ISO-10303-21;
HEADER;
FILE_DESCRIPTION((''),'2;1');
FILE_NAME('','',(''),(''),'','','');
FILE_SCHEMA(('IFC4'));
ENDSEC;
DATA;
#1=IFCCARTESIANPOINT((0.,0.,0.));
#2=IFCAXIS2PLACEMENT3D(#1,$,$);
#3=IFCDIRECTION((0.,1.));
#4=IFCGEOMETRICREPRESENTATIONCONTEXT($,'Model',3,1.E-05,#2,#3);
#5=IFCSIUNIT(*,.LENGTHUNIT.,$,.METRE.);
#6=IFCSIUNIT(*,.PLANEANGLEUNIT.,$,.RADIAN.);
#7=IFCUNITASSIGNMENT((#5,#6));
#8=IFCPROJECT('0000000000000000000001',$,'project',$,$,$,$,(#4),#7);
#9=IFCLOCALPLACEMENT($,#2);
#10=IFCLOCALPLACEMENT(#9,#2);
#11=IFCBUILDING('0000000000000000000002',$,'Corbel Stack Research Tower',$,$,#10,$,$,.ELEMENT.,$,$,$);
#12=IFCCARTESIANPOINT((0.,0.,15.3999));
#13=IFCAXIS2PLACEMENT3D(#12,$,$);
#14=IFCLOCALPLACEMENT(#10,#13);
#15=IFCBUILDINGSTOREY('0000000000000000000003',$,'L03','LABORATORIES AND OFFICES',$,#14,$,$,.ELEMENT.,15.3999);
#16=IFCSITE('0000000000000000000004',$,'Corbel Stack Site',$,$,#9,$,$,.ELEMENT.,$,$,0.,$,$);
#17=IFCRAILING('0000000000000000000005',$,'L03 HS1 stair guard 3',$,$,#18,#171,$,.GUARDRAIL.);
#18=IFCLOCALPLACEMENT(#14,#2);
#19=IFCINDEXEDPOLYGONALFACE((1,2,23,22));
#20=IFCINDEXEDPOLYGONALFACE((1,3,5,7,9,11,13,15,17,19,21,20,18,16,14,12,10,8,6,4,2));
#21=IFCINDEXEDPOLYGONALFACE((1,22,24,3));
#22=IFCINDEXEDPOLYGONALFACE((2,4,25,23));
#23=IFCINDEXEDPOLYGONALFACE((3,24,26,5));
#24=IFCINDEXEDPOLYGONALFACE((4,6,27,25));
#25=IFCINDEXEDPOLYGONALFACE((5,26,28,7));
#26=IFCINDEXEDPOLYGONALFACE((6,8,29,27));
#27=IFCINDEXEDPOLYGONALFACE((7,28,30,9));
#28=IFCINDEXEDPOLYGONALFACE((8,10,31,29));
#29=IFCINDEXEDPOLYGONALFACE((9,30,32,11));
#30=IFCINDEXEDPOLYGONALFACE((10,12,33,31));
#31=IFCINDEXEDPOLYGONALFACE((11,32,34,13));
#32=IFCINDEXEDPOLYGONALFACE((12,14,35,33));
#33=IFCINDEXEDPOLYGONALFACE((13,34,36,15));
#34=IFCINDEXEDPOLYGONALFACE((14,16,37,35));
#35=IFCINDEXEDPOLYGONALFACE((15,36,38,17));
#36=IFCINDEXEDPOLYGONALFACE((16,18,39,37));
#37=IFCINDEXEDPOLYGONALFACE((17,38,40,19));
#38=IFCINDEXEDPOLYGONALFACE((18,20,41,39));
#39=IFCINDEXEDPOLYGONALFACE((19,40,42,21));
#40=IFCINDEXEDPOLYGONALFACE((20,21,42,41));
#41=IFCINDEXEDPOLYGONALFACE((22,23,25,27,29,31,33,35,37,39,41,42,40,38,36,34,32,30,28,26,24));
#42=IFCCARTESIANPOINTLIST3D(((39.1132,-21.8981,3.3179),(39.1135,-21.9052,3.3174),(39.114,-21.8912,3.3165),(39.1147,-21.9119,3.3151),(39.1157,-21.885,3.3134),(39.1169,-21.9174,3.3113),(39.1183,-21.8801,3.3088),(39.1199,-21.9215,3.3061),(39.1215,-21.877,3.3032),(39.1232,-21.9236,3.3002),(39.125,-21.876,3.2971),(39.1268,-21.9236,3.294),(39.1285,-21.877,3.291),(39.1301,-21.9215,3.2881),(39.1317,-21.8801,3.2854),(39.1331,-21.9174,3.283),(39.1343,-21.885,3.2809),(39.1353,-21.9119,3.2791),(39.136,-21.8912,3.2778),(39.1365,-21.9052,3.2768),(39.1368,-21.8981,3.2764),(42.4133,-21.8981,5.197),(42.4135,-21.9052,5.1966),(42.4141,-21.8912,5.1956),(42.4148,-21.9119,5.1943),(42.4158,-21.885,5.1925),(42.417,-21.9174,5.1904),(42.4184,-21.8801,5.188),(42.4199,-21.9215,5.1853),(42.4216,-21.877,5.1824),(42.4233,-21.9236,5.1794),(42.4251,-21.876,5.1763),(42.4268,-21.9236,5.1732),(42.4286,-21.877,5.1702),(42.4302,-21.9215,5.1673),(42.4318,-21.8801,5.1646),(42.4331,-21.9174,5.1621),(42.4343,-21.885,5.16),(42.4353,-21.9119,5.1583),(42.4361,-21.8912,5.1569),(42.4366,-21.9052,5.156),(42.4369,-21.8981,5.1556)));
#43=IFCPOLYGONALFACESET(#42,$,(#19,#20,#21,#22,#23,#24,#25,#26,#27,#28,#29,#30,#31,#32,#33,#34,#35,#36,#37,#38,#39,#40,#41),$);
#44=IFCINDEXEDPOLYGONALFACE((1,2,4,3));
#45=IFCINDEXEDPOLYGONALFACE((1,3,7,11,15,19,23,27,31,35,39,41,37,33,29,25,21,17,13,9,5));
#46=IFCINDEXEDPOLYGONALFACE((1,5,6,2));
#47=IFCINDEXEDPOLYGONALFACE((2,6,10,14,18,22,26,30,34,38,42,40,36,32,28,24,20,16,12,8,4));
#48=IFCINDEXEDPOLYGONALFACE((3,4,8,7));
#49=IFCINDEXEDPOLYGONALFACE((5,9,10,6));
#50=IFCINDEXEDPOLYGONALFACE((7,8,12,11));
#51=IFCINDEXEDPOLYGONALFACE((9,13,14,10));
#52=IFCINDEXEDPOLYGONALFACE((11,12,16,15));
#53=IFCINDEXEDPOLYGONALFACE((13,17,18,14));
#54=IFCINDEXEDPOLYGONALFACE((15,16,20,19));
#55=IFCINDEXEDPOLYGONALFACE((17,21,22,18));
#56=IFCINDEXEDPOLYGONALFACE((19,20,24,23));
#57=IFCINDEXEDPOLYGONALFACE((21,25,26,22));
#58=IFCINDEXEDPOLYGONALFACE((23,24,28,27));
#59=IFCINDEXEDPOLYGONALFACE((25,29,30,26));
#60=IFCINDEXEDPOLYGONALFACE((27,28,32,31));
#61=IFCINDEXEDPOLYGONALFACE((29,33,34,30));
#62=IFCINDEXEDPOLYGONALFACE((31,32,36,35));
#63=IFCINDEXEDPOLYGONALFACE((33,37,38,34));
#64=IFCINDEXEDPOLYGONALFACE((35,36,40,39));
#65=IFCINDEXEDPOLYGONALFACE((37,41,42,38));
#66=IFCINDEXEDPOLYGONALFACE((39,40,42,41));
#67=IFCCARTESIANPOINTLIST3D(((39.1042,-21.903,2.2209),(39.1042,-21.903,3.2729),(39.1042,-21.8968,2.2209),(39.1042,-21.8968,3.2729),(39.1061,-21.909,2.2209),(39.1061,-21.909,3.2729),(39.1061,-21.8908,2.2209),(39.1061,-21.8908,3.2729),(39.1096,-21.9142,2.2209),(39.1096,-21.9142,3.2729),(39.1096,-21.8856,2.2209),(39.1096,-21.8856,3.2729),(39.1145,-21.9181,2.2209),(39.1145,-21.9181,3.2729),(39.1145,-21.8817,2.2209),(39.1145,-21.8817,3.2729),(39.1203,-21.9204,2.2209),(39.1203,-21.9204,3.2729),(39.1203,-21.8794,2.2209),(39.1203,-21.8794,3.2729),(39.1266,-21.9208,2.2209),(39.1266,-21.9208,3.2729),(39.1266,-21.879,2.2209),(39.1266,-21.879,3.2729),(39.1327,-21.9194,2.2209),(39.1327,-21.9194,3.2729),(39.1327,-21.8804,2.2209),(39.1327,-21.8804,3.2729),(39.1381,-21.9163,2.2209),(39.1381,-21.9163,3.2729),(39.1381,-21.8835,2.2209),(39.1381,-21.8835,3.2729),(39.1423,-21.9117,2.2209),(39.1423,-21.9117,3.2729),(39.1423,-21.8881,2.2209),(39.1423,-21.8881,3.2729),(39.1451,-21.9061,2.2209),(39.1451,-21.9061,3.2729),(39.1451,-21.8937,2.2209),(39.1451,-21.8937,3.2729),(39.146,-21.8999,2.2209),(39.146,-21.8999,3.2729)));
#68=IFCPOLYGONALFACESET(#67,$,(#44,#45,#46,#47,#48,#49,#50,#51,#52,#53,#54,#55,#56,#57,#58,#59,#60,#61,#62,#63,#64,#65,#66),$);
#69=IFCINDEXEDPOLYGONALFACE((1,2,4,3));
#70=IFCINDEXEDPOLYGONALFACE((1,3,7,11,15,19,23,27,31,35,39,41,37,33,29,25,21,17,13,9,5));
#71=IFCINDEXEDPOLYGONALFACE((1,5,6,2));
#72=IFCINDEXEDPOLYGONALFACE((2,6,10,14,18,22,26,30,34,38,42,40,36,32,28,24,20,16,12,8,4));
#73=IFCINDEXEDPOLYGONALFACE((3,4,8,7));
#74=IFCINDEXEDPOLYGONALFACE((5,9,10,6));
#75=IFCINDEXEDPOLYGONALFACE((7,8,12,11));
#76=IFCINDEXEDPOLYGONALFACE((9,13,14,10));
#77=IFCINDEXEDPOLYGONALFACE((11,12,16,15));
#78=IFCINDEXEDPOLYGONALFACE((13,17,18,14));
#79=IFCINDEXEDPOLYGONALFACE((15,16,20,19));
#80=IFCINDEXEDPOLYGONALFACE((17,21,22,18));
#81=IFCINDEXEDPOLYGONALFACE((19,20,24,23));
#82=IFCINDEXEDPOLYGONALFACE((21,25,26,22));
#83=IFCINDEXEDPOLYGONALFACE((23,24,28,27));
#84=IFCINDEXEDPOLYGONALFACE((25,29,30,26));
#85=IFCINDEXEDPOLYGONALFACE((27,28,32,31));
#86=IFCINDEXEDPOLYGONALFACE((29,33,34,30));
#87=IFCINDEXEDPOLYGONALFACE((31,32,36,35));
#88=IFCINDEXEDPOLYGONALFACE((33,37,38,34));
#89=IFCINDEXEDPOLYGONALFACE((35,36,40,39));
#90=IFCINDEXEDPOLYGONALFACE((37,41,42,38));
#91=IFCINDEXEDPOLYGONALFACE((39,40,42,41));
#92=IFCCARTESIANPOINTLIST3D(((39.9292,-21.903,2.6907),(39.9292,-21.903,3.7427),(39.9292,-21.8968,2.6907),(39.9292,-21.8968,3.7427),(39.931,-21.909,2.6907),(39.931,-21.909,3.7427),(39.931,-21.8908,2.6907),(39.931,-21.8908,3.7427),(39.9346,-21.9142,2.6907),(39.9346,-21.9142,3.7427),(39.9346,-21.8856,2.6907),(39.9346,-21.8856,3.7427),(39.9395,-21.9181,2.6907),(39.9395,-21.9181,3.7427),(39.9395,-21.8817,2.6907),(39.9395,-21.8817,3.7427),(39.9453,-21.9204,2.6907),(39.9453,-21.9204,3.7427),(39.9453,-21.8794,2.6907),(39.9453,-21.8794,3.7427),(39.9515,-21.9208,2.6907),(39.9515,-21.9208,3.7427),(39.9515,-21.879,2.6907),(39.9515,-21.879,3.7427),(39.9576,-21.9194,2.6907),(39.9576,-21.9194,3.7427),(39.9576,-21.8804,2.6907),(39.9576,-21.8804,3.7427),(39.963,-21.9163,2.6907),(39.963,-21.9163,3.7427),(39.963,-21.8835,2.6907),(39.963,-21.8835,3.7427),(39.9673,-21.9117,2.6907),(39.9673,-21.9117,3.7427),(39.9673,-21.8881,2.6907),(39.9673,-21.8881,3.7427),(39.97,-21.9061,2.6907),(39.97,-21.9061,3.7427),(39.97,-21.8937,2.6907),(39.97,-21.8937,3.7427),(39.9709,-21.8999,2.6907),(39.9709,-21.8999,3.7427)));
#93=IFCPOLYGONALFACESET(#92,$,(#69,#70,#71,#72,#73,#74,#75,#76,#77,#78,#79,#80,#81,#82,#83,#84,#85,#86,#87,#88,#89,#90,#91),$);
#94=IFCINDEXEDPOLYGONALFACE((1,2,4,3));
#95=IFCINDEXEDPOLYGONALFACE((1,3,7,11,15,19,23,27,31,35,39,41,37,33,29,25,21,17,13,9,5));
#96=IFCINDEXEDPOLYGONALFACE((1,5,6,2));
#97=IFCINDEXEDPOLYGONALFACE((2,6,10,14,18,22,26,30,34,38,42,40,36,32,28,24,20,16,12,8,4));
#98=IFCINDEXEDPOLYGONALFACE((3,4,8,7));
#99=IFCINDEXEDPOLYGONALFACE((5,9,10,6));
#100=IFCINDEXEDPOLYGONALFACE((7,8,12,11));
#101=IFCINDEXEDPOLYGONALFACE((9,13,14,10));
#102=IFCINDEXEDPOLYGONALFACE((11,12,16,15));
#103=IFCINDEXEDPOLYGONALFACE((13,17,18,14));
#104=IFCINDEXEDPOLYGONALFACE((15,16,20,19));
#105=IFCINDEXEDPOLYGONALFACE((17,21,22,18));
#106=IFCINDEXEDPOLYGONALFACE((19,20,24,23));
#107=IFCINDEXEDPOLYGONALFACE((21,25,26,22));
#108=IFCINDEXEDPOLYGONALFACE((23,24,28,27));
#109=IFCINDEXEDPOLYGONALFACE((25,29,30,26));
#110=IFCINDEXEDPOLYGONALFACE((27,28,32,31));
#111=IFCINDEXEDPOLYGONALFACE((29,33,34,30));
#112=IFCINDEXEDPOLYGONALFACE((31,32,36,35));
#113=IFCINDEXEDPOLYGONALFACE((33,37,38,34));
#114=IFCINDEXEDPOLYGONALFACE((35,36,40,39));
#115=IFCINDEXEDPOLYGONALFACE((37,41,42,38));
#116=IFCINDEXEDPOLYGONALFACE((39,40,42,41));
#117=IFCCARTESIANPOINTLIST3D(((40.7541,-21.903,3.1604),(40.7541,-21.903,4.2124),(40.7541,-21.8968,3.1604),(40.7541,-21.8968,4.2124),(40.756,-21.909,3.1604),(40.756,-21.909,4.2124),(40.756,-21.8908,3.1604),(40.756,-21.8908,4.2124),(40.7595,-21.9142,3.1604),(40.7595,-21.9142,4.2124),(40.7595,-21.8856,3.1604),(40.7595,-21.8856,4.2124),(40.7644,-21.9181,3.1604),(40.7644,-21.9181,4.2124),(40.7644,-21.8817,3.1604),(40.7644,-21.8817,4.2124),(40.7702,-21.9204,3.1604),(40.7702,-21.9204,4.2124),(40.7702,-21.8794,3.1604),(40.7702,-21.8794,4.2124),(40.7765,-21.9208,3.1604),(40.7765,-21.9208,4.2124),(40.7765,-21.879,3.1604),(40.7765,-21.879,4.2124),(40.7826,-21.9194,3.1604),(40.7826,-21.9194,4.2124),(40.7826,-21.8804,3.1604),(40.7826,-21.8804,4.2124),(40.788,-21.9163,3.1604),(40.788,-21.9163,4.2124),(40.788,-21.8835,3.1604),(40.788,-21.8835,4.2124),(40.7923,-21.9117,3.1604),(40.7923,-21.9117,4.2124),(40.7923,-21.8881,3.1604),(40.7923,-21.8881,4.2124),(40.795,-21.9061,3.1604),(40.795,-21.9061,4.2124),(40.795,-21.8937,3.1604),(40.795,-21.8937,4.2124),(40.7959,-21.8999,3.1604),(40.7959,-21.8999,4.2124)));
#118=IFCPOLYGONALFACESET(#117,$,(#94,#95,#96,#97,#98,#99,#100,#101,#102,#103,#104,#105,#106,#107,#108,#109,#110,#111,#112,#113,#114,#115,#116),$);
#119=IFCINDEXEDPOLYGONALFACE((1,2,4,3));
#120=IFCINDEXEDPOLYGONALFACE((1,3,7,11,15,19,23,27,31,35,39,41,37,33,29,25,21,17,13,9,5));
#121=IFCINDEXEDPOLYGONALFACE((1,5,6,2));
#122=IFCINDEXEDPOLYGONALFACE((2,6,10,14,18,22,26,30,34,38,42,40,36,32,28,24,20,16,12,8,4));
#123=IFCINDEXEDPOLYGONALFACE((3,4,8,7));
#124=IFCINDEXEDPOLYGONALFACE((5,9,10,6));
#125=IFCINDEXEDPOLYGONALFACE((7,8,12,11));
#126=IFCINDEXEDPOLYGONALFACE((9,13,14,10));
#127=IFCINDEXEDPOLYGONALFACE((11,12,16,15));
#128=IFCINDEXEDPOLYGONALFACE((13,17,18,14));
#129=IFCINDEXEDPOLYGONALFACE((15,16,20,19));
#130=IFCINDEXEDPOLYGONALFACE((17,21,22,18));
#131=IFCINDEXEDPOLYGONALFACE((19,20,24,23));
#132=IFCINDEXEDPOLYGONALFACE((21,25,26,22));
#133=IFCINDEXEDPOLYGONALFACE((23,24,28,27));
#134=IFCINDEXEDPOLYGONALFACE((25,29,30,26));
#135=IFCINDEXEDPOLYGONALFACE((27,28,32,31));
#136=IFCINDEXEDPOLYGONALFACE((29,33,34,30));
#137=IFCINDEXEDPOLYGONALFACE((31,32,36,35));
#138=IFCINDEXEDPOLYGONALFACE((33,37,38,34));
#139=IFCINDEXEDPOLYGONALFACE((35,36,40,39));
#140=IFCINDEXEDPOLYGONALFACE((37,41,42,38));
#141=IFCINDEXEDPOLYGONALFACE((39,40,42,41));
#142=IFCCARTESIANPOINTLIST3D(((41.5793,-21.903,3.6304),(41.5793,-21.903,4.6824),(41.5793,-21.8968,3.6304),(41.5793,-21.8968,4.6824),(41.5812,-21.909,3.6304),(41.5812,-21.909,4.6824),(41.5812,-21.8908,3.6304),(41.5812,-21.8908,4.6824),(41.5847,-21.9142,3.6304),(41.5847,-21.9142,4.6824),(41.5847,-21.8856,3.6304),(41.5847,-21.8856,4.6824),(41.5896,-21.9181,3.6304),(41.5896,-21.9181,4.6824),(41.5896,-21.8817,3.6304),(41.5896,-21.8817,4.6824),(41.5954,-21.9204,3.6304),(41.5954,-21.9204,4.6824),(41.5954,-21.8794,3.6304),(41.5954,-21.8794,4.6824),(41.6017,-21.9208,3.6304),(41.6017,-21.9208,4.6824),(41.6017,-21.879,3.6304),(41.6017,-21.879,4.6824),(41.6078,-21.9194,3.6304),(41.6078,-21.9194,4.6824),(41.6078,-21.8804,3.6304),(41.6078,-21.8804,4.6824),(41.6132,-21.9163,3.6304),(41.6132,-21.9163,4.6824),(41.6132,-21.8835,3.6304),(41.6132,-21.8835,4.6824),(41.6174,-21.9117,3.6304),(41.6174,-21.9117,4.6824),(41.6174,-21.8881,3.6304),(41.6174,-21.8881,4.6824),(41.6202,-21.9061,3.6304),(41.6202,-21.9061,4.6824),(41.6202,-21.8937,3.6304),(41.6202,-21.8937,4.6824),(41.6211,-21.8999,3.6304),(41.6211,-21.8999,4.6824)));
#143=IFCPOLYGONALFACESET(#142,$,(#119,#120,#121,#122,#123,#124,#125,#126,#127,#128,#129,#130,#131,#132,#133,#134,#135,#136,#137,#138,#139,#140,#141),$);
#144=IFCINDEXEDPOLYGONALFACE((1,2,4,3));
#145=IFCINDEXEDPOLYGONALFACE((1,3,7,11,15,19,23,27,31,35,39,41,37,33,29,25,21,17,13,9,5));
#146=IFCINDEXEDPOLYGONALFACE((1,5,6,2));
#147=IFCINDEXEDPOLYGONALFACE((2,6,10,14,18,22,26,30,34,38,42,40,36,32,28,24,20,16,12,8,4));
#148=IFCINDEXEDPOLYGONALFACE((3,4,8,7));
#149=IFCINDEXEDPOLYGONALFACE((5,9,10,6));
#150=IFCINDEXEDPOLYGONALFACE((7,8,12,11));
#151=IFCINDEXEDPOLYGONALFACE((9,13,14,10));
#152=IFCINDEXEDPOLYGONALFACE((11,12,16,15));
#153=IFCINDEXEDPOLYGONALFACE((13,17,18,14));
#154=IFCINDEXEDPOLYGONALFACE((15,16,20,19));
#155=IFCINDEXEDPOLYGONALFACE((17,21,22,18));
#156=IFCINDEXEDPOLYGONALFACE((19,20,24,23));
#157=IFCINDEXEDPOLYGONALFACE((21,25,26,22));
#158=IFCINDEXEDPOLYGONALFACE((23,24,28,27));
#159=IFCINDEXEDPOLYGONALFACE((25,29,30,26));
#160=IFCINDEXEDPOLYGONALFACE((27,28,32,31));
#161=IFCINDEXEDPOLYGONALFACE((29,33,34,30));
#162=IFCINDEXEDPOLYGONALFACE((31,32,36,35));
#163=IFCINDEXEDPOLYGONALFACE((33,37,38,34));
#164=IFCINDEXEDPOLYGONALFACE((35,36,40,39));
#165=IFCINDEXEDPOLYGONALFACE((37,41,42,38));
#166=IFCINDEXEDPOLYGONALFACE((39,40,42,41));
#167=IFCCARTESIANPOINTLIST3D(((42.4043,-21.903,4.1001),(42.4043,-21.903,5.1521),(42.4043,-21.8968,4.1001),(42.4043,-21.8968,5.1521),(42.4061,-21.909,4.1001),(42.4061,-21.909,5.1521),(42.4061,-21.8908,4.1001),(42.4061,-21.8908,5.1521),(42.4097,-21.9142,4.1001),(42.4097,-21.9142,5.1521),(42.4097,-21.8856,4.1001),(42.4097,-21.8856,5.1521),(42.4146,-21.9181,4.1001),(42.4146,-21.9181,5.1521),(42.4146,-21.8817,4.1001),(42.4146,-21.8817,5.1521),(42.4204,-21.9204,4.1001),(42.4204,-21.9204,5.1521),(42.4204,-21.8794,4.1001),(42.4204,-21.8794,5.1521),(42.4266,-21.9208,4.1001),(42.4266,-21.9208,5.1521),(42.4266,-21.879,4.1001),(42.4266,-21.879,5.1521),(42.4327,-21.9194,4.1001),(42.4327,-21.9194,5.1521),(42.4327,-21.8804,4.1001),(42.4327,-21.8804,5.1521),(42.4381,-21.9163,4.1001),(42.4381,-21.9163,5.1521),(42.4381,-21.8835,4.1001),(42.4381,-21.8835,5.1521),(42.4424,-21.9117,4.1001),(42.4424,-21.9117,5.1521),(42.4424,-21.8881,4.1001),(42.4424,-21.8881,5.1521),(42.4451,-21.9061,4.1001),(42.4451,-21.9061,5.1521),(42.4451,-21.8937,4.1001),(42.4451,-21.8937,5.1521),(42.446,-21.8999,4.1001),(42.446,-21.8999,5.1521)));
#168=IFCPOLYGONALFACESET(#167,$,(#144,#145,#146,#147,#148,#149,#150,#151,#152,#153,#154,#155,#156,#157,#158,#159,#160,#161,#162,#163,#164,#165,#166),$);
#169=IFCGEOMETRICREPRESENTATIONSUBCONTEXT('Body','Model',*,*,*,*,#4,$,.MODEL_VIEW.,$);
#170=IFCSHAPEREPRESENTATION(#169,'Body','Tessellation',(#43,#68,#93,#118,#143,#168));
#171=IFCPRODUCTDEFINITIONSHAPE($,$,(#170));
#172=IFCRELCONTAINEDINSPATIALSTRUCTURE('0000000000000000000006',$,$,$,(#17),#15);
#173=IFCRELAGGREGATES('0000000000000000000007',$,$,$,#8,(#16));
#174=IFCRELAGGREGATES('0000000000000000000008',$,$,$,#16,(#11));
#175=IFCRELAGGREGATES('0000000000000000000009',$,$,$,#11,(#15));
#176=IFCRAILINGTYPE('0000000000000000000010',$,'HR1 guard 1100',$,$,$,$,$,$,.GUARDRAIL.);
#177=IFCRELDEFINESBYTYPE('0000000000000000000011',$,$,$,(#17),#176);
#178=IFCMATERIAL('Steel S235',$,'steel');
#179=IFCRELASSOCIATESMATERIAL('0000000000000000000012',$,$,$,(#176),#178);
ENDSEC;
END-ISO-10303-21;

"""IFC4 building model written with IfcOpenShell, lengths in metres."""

from ifc_helpers import new_model, si_unit, direction, frame, origin, origin_2d, place, context, subcontext, project, spatial, circle, extrude, material, type_object, element, save


model = new_model("IFC4")

# Units and contexts
model_context = context("Model", 3, precision=1e-05, world=origin(), true_north=direction((0.0, 1.0)))
body_context = subcontext(model_context, "Body", "Model", "MODEL_VIEW")
ifc_project = project(units=[si_unit("LENGTHUNIT", "METRE"), si_unit("PLANEANGLEUNIT", "RADIAN")], contexts=[model_context])

# Site, building, storey
site_placement = place(None, origin())
site = spatial("IfcSite", under=ifc_project, at=site_placement, Name="Corbel Stack Site", CompositionType="ELEMENT", RefElevation=0.0)
building_placement = place(site_placement, origin())
building = spatial("IfcBuilding", under=site, at=building_placement, Name="Corbel Stack Research Tower", CompositionType="ELEMENT")
storey_placement = place(building_placement, frame((0.0, 0.0, 15.3999)))
storey = spatial("IfcBuildingStorey", under=building, at=storey_placement, Name="L03", Description="LABORATORIES AND OFFICES", CompositionType="ELEMENT", Elevation=15.3999)

# Railing
ifc_material_1 = material(Name="Steel S235", Category="steel")
railing_type_1 = type_object("IfcRailingType", Name="HR1 guard 1100", PredefinedType="GUARDRAIL", material=ifc_material_1)
railing_1_placement = place(storey_placement, frame((39.125, -21.8999, 2.2209)))
element("IfcRailing", 1, at=railing_1_placement, inside=storey, type_object=railing_type_1, Name="L03 HS1 stair guard 3", PredefinedType="GUARDRAIL", context=body_context, shape_type="SweptSolid", body=[
    extrude(circle(Radius=0.0239, at=origin_2d()), frame((0.0, 0.0, 1.0762), z_axis=(0.86899, 0.0, 0.49483), x_axis=(0.0, 1.0, 0.0)), (0.0, 0.0, 1.0), 3.7976),
    extrude(circle(Radius=0.021, at=origin_2d()), origin(), (0.0, 0.0, 1.0), 1.052),
    extrude(circle(Radius=0.021, at=origin_2d()), frame((0.825, 0.0, 0.4697)), (0.0, 0.0, 1.0), 1.052),
    extrude(circle(Radius=0.021, at=origin_2d()), frame((1.6499, 0.0, 0.9395)), (0.0, 0.0, 1.0), 1.052),
    extrude(circle(Radius=0.021, at=origin_2d()), frame((2.4751, 0.0, 1.4094)), (0.0, 0.0, 1.0), 1.052),
    extrude(circle(Radius=0.021, at=origin_2d()), frame((3.3, 0.0, 1.8792)), (0.0, 0.0, 1.0), 1.052),
])

save(model, "model.ifc")
